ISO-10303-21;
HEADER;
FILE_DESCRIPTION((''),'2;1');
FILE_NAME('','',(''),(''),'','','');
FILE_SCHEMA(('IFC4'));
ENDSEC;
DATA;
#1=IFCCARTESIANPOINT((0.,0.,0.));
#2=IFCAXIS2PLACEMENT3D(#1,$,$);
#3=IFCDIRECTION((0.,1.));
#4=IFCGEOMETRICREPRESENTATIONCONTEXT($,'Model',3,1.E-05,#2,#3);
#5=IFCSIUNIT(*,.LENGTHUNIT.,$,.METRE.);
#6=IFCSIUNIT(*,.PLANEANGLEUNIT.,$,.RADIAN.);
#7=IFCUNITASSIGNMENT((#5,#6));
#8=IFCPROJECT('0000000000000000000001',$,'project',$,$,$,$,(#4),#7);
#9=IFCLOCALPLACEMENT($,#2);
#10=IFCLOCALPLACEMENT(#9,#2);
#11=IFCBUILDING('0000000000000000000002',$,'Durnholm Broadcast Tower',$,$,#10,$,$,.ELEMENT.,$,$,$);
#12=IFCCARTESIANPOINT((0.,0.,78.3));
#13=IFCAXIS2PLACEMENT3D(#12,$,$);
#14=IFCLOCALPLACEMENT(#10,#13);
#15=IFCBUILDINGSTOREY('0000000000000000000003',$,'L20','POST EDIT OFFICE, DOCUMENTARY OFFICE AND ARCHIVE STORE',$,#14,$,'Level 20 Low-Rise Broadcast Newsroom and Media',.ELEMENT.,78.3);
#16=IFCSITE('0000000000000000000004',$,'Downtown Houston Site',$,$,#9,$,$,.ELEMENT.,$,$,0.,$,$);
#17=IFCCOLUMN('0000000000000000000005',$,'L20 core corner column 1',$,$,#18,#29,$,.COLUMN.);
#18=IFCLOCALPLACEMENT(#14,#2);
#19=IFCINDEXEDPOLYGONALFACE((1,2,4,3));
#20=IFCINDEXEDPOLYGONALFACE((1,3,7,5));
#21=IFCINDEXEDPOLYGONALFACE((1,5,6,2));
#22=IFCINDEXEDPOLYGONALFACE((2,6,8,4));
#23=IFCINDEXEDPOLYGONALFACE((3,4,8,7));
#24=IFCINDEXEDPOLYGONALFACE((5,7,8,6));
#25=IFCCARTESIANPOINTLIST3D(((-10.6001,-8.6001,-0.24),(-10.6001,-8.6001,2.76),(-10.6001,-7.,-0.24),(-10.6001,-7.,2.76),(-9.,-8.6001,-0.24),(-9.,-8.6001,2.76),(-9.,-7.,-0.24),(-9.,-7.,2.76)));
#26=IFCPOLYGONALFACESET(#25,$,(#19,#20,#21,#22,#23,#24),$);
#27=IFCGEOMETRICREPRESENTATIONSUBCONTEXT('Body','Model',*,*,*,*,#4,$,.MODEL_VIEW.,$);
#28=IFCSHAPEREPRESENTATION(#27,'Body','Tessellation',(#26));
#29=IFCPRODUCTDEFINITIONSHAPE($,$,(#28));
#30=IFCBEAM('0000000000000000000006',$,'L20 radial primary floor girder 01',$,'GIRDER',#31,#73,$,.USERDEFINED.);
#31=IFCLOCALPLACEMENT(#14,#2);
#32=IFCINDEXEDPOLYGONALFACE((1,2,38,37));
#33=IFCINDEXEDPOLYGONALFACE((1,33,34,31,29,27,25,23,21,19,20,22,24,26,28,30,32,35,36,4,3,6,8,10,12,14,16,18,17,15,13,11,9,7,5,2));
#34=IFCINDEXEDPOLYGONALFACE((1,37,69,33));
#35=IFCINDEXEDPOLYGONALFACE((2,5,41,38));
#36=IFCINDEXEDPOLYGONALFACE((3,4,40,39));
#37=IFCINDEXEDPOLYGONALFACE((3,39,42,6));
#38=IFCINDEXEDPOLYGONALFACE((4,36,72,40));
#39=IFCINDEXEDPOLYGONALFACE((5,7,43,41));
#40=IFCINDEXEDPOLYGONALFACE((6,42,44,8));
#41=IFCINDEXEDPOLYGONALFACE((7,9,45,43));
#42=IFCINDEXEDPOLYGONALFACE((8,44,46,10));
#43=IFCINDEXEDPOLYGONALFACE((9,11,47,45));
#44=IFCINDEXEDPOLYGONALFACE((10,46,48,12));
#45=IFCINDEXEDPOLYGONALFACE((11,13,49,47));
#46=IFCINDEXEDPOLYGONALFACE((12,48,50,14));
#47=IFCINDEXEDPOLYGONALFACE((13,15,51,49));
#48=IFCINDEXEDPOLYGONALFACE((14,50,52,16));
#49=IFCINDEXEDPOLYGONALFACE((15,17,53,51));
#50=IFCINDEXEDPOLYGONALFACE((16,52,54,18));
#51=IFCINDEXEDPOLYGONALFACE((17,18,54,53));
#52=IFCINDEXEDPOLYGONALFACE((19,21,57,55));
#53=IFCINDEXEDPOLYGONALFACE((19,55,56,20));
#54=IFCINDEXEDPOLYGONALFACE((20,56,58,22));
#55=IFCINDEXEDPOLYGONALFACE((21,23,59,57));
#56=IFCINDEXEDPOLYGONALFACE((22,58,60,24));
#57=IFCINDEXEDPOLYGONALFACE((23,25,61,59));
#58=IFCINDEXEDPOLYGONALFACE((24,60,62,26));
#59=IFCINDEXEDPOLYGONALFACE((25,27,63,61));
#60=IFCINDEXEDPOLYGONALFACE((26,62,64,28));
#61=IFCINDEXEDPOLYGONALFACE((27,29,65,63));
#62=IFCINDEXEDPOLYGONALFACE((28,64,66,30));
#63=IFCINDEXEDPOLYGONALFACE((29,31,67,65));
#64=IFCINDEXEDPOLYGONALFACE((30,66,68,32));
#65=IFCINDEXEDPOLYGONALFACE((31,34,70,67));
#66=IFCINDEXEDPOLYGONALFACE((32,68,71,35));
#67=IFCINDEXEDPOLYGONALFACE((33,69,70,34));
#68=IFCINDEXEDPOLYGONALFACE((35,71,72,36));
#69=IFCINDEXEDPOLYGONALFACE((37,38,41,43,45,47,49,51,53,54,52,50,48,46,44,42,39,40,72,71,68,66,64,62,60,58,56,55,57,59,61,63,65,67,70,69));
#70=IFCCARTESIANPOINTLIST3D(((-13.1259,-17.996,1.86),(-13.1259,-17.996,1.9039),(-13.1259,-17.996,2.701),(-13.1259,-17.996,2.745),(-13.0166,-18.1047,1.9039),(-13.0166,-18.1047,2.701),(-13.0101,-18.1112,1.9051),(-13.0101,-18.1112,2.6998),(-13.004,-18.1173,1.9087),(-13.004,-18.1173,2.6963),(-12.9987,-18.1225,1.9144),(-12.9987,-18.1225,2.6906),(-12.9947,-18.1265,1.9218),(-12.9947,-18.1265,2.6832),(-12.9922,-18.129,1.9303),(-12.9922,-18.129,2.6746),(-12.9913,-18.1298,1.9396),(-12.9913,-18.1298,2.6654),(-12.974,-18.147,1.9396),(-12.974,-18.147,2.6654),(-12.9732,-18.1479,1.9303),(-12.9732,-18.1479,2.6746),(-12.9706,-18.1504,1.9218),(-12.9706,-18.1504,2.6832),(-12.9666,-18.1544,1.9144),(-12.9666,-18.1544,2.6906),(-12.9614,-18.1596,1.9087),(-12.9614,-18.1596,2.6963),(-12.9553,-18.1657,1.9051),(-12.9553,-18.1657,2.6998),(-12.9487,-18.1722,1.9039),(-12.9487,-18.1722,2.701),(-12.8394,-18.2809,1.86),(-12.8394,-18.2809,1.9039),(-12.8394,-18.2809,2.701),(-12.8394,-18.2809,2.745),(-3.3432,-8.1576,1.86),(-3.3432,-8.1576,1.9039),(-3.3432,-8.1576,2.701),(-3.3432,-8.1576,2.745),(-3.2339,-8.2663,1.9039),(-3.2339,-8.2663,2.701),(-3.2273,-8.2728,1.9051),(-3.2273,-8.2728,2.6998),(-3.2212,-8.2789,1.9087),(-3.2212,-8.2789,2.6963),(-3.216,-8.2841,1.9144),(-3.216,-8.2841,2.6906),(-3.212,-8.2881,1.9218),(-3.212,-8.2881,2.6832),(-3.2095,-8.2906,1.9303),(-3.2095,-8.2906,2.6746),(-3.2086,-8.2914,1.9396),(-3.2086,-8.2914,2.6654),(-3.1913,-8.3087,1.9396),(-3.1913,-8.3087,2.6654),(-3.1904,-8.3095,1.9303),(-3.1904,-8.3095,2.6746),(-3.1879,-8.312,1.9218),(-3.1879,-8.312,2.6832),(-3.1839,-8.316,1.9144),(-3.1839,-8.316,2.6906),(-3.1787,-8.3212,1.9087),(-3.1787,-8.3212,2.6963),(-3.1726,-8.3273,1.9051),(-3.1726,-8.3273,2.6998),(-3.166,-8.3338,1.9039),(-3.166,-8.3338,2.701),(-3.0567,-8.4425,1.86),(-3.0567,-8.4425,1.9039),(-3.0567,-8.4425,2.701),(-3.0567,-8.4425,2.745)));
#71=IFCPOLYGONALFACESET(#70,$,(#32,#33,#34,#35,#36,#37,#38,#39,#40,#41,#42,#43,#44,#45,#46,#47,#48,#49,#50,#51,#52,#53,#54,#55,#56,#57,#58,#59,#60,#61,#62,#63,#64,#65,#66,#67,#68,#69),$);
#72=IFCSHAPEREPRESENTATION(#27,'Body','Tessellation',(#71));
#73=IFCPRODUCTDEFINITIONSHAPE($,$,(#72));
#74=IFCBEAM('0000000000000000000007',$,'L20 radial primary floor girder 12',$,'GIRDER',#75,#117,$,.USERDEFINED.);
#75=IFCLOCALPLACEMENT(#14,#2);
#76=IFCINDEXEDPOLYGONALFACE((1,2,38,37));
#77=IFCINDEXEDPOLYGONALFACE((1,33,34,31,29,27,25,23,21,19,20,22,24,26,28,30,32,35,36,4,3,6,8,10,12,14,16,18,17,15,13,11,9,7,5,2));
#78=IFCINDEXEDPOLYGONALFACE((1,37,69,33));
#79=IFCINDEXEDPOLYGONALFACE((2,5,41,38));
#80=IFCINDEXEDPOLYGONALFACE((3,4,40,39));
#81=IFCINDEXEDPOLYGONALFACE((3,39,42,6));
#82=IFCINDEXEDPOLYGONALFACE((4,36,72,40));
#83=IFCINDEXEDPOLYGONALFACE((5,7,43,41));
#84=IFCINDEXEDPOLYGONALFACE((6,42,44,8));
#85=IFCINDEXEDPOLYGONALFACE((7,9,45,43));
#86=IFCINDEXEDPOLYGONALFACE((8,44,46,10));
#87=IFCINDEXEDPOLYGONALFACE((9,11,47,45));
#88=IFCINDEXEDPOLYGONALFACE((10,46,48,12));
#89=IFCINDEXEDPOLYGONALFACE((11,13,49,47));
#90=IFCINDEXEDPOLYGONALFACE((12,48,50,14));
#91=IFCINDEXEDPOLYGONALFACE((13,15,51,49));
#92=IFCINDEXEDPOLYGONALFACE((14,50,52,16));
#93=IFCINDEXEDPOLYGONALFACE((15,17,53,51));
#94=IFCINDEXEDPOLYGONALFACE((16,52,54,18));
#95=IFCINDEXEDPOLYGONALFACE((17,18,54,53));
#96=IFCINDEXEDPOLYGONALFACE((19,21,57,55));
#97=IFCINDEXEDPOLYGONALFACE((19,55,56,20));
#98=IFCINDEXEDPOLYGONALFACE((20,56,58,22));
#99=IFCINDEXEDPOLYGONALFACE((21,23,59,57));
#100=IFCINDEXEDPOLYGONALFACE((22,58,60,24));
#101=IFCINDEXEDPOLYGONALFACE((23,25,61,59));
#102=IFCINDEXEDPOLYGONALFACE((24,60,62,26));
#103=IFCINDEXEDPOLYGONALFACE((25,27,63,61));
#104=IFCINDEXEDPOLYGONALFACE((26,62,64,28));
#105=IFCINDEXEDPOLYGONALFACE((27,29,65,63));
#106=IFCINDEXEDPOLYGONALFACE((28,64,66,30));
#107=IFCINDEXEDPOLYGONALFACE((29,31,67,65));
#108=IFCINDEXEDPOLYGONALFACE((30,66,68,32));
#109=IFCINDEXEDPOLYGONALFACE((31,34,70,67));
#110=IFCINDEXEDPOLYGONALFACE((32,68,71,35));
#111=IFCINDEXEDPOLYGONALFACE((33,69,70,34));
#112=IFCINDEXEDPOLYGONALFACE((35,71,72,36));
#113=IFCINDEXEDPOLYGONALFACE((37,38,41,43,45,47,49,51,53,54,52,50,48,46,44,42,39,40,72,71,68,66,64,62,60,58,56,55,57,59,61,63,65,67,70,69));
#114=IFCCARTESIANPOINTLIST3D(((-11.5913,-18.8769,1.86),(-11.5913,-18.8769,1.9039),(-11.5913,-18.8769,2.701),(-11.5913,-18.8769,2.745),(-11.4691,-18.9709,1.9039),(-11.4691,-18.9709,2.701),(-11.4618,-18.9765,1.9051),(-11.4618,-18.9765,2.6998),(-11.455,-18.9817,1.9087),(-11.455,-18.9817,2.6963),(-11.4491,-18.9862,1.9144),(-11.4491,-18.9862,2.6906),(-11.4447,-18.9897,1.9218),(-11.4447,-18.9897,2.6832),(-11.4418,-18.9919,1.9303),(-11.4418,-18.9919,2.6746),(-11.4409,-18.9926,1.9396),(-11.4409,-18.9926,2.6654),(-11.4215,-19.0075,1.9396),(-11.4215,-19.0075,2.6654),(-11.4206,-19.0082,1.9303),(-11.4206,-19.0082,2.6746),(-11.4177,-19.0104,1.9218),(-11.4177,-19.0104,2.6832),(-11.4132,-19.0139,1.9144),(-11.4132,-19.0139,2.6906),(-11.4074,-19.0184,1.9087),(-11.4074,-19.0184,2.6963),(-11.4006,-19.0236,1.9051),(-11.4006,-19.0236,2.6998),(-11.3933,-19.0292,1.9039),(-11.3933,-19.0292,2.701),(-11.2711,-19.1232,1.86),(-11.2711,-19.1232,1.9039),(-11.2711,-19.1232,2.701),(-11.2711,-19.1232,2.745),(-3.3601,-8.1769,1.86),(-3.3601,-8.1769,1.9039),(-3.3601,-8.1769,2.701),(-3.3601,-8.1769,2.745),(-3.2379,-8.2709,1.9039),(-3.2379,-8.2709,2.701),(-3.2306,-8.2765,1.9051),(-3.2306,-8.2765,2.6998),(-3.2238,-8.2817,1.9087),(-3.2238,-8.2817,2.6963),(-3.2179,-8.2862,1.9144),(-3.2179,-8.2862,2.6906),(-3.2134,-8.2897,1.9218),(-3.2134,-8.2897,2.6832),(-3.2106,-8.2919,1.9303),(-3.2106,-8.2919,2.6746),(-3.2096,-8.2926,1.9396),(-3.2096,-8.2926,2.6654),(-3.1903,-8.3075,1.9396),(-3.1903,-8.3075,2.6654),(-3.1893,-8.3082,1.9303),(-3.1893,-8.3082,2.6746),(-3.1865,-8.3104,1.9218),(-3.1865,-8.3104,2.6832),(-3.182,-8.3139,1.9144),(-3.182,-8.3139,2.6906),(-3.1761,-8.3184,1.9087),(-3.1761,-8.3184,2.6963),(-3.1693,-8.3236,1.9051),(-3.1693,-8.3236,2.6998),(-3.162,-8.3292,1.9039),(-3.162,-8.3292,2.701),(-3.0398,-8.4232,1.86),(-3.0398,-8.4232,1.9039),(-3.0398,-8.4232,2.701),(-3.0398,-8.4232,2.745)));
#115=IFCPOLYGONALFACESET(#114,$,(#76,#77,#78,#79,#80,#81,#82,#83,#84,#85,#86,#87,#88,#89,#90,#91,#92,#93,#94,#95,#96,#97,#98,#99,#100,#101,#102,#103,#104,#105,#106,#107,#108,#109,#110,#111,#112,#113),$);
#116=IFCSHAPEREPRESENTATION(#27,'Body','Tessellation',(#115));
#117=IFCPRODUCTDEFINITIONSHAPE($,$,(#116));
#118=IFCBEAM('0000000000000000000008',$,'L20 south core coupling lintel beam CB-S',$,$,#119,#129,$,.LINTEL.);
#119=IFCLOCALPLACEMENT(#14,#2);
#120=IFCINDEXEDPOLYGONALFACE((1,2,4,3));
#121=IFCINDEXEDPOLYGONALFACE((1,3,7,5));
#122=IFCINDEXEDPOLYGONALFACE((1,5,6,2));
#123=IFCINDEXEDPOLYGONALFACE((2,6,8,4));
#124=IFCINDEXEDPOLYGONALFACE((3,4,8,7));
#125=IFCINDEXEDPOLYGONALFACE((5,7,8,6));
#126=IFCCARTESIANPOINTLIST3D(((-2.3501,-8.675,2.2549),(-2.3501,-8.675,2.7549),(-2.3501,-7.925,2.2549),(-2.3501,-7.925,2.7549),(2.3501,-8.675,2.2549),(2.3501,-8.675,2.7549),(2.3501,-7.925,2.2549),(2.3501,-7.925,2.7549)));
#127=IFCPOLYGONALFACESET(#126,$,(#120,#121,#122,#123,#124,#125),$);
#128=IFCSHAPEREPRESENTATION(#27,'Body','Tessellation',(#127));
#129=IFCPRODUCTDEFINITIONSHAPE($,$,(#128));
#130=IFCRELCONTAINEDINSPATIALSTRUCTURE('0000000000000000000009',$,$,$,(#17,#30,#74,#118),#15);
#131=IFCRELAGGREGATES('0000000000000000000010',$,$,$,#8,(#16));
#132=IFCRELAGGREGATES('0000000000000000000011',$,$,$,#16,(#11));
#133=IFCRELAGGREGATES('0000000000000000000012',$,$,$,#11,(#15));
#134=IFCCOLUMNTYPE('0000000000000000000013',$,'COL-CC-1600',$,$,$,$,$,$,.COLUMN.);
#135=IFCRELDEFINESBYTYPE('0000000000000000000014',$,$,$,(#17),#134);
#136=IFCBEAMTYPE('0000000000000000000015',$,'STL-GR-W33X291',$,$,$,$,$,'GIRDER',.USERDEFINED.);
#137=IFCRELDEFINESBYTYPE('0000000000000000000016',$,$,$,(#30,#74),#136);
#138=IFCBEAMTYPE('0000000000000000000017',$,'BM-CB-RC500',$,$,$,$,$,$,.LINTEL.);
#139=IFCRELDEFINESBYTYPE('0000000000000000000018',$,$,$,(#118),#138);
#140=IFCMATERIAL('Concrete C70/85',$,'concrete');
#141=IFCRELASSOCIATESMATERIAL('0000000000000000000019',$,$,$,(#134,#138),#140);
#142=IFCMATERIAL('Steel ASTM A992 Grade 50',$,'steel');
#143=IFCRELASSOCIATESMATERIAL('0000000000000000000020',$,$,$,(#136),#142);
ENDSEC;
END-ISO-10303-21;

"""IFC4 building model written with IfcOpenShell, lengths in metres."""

from ifc_helpers import new_model, si_unit, direction, frame, origin, origin_2d, place, context, subcontext, project, spatial, rectangle, i_section, extrude, source, transform, mapped, material, material_profile, profile_set, type_object, type_shapes, element, save


model = new_model("IFC4")

# Units and contexts
model_context = context("Model", 3, precision=1e-05, world=origin(), true_north=direction((0.0, 1.0)))
body_context = subcontext(model_context, "Body", "Model", "MODEL_VIEW")
ifc_project = project(units=[si_unit("LENGTHUNIT", "METRE"), si_unit("PLANEANGLEUNIT", "RADIAN")], contexts=[model_context])

# Site, building, storey
site_placement = place(None, origin())
site = spatial("IfcSite", under=ifc_project, at=site_placement, Name="Downtown Houston Site", CompositionType="ELEMENT", RefElevation=0.0)
building_placement = place(site_placement, origin())
building = spatial("IfcBuilding", under=site, at=building_placement, Name="Durnholm Broadcast Tower", CompositionType="ELEMENT")
storey_placement = place(building_placement, frame((0.0, 0.0, 78.3)))
storey = spatial("IfcBuildingStorey", under=building, at=storey_placement, Name="L20", Description="POST EDIT OFFICE, DOCUMENTARY OFFICE AND ARCHIVE STORE", LongName="Level 20 Low-Rise Broadcast Newsroom and Media", CompositionType="ELEMENT", Elevation=78.3)

# Column
ifc_material_1 = material(Name="Concrete C70/85", Category="concrete")
ifc_material_profile_1 = material_profile(ifc_material_1, rectangle(XDim=1.6001, YDim=1.6001, at=origin_2d()), Name="RC1600X1600")
ifc_profile_set_1 = profile_set([ifc_material_profile_1], Name="Concrete C70/85")
column_type = type_object("IfcColumnType", Name="COL-CC-1600", PredefinedType="COLUMN", material=ifc_profile_set_1)
shared_shape_1 = source(origin(), body_context, "Body", "SweptSolid", [
    extrude(rectangle(XDim=1.6001, YDim=1.6001, at=origin_2d()), origin(), (0.0, 0.0, 1.0), 3.0),
])
type_shapes(column_type, [shared_shape_1])
column_placement = place(storey_placement, frame((-9.8, -7.8, -0.24), z_axis=(0.0, 0.0, 1.0), x_axis=(1.0, 0.0, 0.0)))
element("IfcColumn", 1, at=column_placement, inside=storey, type_object=column_type, Name="L20 core corner column 1", PredefinedType="COLUMN", context=body_context, shape_type="MappedRepresentation", body=[
    mapped(shared_shape_1, transform((0.0, 0.0, 0.0), x_axis=(1.0, 0.0, 0.0), y_axis=(0.0, 1.0, 0.0), z_axis=(0.0, 0.0, 1.0), scale=1.0)),
])

# Beams
ifc_material_2 = material(Name="Steel ASTM A992 Grade 50", Category="steel")
ifc_material_profile_2 = material_profile(ifc_material_2, i_section(OverallWidth=0.4041, OverallDepth=0.885, WebThickness=0.0244, FlangeThickness=0.0439, FilletRadius=0.0356, at=origin_2d()), Name="W33X291")
ifc_profile_set_2 = profile_set([ifc_material_profile_2], Name="Steel ASTM A992 Grade 50")
beam_type_1 = type_object("IfcBeamType", Name="STL-GR-W33X291", ElementType="GIRDER", PredefinedType="USERDEFINED", material=ifc_profile_set_2)
shared_shape_2 = source(origin(), body_context, "Body", "SweptSolid", [
    extrude(i_section(OverallWidth=0.4041, OverallDepth=0.885, WebThickness=0.0244, FlangeThickness=0.0439, FilletRadius=0.0356, at=origin_2d()), origin(), (0.0, 0.0, 1.0), 13.8743),
])
beam_1_placement = place(storey_placement, frame((-3.2, -8.3, 2.3025), z_axis=(-0.705098, -0.70911, 0.0), x_axis=(0.70911, -0.705098, 0.0)))
element("IfcBeam", 2, at=beam_1_placement, inside=storey, type_object=beam_type_1, Name="L20 radial primary floor girder 01", ObjectType="GIRDER", PredefinedType="USERDEFINED", context=body_context, shape_type="MappedRepresentation", body=[
    mapped(shared_shape_2, transform((0.0, 0.0, 0.0), x_axis=(1.0, 0.0, 0.0), y_axis=(0.0, 1.0, 0.0), z_axis=(0.0, 0.0, 1.0), scale=1.0)),
])
shared_shape_3 = source(origin(), body_context, "Body", "SweptSolid", [
    extrude(i_section(OverallWidth=0.4041, OverallDepth=0.885, WebThickness=0.0244, FlangeThickness=0.0439, FilletRadius=0.0356, at=origin_2d()), origin(), (0.0, 0.0, 1.0), 13.4998),
])
type_shapes(beam_type_1, [shared_shape_2, shared_shape_3])
beam_2_placement = place(storey_placement, frame((-3.2, -8.3, 2.3025), z_axis=(-0.609733, -0.792607, 0.0), x_axis=(0.792607, -0.609733, 0.0)))
element("IfcBeam", 3, at=beam_2_placement, inside=storey, type_object=beam_type_1, Name="L20 radial primary floor girder 12", ObjectType="GIRDER", PredefinedType="USERDEFINED", context=body_context, shape_type="MappedRepresentation", body=[
    mapped(shared_shape_3, transform((0.0, 0.0, 0.0), x_axis=(1.0, 0.0, 0.0), y_axis=(0.0, 1.0, 0.0), z_axis=(0.0, 0.0, 1.0), scale=1.0)),
])
ifc_material_profile_3 = material_profile(ifc_material_1, rectangle(XDim=0.75, YDim=0.5, at=origin_2d()), Name="RC750X500")
ifc_profile_set_3 = profile_set([ifc_material_profile_3], Name="Concrete C70/85")
beam_type_2 = type_object("IfcBeamType", Name="BM-CB-RC500", PredefinedType="LINTEL", material=ifc_profile_set_3)
shared_shape_4 = source(origin(), body_context, "Body", "SweptSolid", [
    extrude(rectangle(XDim=0.75, YDim=0.5, at=origin_2d()), origin(), (0.0, 0.0, 1.0), 4.7002),
])
type_shapes(beam_type_2, [shared_shape_4])
beam_3_placement = place(storey_placement, frame((-2.3501, -8.3, 2.5049), z_axis=(1.0, 0.0, 0.0), x_axis=(0.0, 1.0, 0.0)))
element("IfcBeam", 4, at=beam_3_placement, inside=storey, type_object=beam_type_2, Name="L20 south core coupling lintel beam CB-S", PredefinedType="LINTEL", context=body_context, shape_type="MappedRepresentation", body=[
    mapped(shared_shape_4, transform((0.0, 0.0, 0.0), x_axis=(1.0, 0.0, 0.0), y_axis=(0.0, 1.0, 0.0), z_axis=(0.0, 0.0, 1.0), scale=1.0)),
])

save(model, "model.ifc")
